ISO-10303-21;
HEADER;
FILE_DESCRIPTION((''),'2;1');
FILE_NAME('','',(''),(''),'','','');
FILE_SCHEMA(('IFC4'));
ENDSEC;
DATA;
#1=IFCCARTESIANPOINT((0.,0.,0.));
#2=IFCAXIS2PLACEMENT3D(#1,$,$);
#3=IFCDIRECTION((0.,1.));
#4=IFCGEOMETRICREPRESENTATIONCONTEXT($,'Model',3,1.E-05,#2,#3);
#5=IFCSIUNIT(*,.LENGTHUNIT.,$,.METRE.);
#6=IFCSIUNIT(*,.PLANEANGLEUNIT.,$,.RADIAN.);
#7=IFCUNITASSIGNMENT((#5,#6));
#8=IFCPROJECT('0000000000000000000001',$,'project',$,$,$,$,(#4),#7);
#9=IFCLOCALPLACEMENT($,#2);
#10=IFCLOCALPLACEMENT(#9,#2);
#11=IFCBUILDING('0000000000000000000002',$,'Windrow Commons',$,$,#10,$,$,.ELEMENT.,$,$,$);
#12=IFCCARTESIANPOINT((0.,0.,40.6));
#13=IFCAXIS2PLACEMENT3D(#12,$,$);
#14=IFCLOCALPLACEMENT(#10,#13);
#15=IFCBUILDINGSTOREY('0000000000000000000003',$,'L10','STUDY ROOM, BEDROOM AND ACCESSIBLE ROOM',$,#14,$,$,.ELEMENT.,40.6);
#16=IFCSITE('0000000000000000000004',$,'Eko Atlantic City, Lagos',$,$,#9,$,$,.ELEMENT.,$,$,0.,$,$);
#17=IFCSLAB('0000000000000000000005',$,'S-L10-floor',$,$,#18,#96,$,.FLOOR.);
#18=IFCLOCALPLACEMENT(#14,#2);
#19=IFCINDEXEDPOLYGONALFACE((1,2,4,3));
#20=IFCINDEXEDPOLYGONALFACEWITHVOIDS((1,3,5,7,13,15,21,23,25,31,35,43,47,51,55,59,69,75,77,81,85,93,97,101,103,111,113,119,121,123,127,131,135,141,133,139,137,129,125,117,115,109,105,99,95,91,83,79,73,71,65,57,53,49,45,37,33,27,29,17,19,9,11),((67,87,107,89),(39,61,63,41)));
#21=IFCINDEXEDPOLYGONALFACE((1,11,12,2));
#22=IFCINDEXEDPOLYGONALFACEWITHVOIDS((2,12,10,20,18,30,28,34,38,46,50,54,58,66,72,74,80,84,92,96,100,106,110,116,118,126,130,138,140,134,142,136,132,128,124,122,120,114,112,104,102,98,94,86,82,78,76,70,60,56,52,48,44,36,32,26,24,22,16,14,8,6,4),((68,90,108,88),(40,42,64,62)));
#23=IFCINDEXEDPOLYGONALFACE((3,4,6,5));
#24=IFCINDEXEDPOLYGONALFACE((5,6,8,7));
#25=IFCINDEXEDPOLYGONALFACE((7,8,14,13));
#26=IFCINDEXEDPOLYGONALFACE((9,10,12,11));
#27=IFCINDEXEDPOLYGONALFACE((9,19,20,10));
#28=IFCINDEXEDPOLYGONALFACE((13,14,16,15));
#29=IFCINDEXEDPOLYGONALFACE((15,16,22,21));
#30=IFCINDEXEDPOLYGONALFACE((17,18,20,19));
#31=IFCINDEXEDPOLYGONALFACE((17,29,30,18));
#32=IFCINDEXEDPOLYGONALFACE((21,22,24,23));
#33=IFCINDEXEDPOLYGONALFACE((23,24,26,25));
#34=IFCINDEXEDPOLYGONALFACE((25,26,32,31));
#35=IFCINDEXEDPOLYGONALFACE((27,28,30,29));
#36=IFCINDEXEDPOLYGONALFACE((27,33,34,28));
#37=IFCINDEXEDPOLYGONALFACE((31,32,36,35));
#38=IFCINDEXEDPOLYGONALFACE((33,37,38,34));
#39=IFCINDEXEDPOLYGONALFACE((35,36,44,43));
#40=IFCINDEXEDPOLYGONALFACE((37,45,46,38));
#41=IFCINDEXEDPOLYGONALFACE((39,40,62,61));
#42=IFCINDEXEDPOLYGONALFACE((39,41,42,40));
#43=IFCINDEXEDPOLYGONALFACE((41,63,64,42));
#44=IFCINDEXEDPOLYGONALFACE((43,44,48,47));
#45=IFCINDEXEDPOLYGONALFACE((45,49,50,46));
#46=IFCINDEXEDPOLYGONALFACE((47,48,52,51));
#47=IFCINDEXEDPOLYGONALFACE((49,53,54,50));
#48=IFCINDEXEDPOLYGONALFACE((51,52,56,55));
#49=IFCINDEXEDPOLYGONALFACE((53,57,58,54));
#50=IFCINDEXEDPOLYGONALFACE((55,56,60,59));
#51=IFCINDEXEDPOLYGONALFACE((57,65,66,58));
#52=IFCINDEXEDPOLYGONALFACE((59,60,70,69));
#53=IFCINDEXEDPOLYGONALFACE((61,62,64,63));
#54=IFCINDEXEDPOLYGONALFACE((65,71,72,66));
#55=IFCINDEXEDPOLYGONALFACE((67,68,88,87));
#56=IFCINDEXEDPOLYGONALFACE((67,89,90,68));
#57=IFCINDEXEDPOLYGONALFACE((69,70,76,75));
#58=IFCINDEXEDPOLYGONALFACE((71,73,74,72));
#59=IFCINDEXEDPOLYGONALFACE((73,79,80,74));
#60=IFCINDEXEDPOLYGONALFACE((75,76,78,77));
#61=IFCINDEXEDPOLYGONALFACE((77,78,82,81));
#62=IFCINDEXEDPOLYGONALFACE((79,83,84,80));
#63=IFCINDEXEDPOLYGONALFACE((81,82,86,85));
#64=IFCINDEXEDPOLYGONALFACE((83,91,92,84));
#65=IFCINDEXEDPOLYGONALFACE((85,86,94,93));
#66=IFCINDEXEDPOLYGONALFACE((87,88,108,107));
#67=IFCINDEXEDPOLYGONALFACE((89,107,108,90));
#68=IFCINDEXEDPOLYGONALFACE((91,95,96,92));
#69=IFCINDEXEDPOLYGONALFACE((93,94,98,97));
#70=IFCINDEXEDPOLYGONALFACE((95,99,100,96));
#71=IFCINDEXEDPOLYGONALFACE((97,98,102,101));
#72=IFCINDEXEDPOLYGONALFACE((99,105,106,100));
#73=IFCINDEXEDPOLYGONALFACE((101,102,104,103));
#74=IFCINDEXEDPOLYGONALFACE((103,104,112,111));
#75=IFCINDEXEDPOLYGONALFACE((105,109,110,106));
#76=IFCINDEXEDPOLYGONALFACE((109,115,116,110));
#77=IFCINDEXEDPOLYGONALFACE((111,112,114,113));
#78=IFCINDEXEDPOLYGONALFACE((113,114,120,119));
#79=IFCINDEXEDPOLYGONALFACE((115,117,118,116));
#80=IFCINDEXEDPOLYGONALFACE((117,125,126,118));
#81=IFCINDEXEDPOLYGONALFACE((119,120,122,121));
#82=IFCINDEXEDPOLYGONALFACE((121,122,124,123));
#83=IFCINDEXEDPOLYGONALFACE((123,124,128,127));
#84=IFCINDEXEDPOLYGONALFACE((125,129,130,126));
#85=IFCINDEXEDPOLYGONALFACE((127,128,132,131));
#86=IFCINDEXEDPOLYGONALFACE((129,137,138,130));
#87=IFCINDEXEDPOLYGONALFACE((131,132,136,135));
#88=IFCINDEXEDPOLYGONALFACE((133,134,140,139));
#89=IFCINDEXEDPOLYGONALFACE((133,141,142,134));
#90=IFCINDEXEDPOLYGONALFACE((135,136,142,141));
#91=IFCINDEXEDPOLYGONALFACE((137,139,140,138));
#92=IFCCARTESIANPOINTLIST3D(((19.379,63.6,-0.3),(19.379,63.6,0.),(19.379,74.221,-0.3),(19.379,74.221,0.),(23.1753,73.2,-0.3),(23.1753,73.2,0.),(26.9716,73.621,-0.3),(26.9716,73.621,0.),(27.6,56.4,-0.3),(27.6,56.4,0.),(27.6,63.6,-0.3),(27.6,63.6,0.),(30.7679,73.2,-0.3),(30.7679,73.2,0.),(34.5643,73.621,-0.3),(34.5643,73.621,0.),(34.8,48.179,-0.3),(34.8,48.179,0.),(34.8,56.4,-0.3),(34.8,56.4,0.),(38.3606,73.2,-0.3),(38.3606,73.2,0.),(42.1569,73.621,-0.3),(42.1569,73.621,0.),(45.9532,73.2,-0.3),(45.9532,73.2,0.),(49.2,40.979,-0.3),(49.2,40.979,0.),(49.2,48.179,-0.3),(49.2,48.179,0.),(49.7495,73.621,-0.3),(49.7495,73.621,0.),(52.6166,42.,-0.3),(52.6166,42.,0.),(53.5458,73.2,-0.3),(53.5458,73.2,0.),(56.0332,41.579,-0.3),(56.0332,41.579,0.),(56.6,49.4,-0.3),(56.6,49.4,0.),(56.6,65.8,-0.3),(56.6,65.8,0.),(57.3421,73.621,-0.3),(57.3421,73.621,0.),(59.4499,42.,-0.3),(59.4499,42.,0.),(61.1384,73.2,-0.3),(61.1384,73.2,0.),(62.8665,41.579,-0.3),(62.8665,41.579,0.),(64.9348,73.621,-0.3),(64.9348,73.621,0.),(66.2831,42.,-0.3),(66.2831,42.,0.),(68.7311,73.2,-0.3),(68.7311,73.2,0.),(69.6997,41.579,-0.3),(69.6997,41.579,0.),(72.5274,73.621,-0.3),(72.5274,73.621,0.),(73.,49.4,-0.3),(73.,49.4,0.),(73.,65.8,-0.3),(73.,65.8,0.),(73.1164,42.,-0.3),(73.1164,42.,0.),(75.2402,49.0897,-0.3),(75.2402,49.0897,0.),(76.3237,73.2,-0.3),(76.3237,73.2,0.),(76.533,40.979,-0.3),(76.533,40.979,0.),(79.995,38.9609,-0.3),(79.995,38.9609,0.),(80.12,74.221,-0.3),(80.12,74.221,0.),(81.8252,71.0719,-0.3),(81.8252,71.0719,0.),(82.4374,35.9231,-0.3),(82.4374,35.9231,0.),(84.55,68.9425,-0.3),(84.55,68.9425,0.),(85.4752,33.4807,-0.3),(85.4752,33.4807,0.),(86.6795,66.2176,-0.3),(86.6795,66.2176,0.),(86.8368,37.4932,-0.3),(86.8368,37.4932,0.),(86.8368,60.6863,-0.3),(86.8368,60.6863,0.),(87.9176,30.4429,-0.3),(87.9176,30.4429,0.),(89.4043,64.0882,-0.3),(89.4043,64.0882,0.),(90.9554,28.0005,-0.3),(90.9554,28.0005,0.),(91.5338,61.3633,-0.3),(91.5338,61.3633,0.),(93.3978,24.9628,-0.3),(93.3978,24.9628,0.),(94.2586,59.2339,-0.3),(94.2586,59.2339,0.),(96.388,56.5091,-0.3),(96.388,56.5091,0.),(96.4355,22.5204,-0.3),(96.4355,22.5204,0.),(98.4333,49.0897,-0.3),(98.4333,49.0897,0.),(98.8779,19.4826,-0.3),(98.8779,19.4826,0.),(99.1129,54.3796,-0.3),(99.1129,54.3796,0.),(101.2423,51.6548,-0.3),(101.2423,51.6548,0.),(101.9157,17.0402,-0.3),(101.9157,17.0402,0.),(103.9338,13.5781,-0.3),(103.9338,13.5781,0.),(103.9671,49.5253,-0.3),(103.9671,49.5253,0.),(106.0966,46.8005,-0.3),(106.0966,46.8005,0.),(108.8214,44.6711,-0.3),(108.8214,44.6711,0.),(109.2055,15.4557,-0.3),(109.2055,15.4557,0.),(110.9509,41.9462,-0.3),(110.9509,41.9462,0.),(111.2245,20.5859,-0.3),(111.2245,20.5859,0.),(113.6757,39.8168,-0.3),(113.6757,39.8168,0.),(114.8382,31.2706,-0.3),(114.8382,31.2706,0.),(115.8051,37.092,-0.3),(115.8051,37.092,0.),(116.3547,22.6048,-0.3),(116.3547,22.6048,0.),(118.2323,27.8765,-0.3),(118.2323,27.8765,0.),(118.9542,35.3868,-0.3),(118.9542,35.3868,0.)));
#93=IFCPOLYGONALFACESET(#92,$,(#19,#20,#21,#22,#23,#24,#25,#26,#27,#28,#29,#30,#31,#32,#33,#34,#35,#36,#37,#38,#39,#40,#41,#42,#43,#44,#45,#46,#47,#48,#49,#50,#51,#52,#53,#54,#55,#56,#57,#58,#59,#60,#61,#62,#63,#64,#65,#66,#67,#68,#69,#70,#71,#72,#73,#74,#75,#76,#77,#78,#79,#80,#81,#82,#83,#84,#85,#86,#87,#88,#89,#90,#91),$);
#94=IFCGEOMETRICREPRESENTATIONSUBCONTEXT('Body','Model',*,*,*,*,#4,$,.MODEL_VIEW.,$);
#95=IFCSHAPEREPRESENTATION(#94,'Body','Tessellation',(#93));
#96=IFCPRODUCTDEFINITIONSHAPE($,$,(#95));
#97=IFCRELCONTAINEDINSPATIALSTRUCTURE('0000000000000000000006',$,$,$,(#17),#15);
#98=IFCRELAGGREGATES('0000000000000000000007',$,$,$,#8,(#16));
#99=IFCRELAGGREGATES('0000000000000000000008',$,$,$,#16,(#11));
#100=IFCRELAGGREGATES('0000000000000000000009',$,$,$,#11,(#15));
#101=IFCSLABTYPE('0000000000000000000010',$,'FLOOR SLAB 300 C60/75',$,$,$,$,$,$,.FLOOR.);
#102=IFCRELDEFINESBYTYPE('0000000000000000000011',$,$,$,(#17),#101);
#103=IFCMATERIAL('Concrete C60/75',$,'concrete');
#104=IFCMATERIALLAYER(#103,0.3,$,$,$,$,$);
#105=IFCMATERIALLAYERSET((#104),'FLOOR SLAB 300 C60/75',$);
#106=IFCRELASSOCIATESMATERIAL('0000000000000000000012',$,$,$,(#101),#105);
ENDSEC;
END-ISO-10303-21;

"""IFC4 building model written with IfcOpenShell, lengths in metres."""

from ifc_helpers import new_model, si_unit, direction, frame, origin, place, context, subcontext, project, spatial, polyline, outline, extrude, material, layer, layer_set, type_object, element, save


model = new_model("IFC4")

# Units and contexts
model_context = context("Model", 3, precision=1e-05, world=origin(), true_north=direction((0.0, 1.0)))
body_context = subcontext(model_context, "Body", "Model", "MODEL_VIEW")
ifc_project = project(units=[si_unit("LENGTHUNIT", "METRE"), si_unit("PLANEANGLEUNIT", "RADIAN")], contexts=[model_context])

# Site, building, storey
site_placement = place(None, origin())
site = spatial("IfcSite", under=ifc_project, at=site_placement, Name="Eko Atlantic City, Lagos", CompositionType="ELEMENT", RefElevation=0.0)
building_placement = place(site_placement, origin())
building = spatial("IfcBuilding", under=site, at=building_placement, Name="Windrow Commons", CompositionType="ELEMENT")
storey_placement = place(building_placement, frame((0.0, 0.0, 40.6)))
storey = spatial("IfcBuildingStorey", under=building, at=storey_placement, Name="L10", Description="STUDY ROOM, BEDROOM AND ACCESSIBLE ROOM", CompositionType="ELEMENT", Elevation=40.6)

# Shared definitions
placement_1 = place(storey_placement, frame((0.0, 0.0, -0.3)))

# Slab, openings
ifc_material_1 = material(Name="Concrete C60/75", Category="concrete")
ifc_layer_1 = layer(ifc_material_1, 0.3)
ifc_layer_set_1 = layer_set([ifc_layer_1], Name="FLOOR SLAB 300 C60/75")
slab_type_1 = type_object("IfcSlabType", Name="FLOOR SLAB 300 C60/75", PredefinedType="FLOOR", material=ifc_layer_set_1)
slab_1 = element("IfcSlab", 1, at=placement_1, inside=storey, type_object=slab_type_1, Name="S-L10-floor", PredefinedType="FLOOR", context=body_context, shape_type="SweptSolid", body=[
    extrude(outline(polyline([(101.9157, 17.0402), (103.9338, 13.5781), (109.2055, 15.4557), (111.2245, 20.5859), (116.3547, 22.6048), (118.2323, 27.8765), (114.8382, 31.2706), (118.9542, 35.3868), (115.8051, 37.092), (113.6757, 39.8168), (110.9509, 41.9462), (108.8214, 44.6711), (106.0966, 46.8005), (103.9671, 49.5253), (101.2423, 51.6548), (99.1129, 54.3796), (96.388, 56.5091), (94.2586, 59.2339), (91.5338, 61.3633), (89.4043, 64.0882), (86.6795, 66.2176), (84.55, 68.9425), (81.8252, 71.0719), (80.12, 74.221), (76.3237, 73.2), (72.5274, 73.621), (68.7311, 73.2), (64.9348, 73.621), (61.1384, 73.2), (57.3421, 73.621), (53.5458, 73.2), (49.7495, 73.621), (45.9532, 73.2), (42.1569, 73.621), (38.3606, 73.2), (34.5643, 73.621), (30.7679, 73.2), (26.9716, 73.621), (23.1753, 73.2), (19.379, 74.221), (19.379, 63.6), (27.6, 63.6), (27.6, 56.4), (34.8, 56.4), (34.8, 48.179), (49.2, 48.179), (49.2, 40.979), (52.6166, 42.0), (56.0332, 41.579), (59.4499, 42.0), (62.8665, 41.579), (66.2831, 42.0), (69.6997, 41.579), (73.1164, 42.0), (76.533, 40.979), (79.995, 38.9609), (82.4374, 35.9231), (85.4752, 33.4807), (87.9176, 30.4429), (90.9554, 28.0005), (93.3978, 24.9628), (96.4355, 22.5204), (98.8779, 19.4826), (101.9157, 17.0402)]), holes=[polyline([(75.2402, 49.0897), (86.8368, 60.6863), (98.4333, 49.0897), (86.8368, 37.4932), (75.2402, 49.0897)]), polyline([(56.6, 49.4), (56.6, 65.8), (73.0, 65.8), (73.0, 49.4), (56.6, 49.4)])]), origin(), (0.0, 0.0, 1.0), 0.3),
])
opening_1_placement = place(placement_1, origin())
element("IfcOpeningElement", 2, at=opening_1_placement, cuts=slab_1, PredefinedType="OPENING", context=body_context, shape_type="SweptSolid", body=[
    extrude(outline(polyline([(75.2473, 49.0897), (86.8368, 60.6792), (98.4262, 49.0897), (86.8368, 37.5003), (75.2473, 49.0897)])), origin(), (0.0, 0.0, 1.0), 0.3),
])
opening_2_placement = place(placement_1, origin())
element("IfcOpeningElement", 3, at=opening_2_placement, cuts=slab_1, PredefinedType="OPENING", context=body_context, shape_type="SweptSolid", body=[
    extrude(outline(polyline([(56.605, 49.405), (56.605, 65.795), (72.995, 65.795), (72.995, 49.405), (56.605, 49.405)])), origin(), (0.0, 0.0, 1.0), 0.3),
])

save(model, "model.ifc")
